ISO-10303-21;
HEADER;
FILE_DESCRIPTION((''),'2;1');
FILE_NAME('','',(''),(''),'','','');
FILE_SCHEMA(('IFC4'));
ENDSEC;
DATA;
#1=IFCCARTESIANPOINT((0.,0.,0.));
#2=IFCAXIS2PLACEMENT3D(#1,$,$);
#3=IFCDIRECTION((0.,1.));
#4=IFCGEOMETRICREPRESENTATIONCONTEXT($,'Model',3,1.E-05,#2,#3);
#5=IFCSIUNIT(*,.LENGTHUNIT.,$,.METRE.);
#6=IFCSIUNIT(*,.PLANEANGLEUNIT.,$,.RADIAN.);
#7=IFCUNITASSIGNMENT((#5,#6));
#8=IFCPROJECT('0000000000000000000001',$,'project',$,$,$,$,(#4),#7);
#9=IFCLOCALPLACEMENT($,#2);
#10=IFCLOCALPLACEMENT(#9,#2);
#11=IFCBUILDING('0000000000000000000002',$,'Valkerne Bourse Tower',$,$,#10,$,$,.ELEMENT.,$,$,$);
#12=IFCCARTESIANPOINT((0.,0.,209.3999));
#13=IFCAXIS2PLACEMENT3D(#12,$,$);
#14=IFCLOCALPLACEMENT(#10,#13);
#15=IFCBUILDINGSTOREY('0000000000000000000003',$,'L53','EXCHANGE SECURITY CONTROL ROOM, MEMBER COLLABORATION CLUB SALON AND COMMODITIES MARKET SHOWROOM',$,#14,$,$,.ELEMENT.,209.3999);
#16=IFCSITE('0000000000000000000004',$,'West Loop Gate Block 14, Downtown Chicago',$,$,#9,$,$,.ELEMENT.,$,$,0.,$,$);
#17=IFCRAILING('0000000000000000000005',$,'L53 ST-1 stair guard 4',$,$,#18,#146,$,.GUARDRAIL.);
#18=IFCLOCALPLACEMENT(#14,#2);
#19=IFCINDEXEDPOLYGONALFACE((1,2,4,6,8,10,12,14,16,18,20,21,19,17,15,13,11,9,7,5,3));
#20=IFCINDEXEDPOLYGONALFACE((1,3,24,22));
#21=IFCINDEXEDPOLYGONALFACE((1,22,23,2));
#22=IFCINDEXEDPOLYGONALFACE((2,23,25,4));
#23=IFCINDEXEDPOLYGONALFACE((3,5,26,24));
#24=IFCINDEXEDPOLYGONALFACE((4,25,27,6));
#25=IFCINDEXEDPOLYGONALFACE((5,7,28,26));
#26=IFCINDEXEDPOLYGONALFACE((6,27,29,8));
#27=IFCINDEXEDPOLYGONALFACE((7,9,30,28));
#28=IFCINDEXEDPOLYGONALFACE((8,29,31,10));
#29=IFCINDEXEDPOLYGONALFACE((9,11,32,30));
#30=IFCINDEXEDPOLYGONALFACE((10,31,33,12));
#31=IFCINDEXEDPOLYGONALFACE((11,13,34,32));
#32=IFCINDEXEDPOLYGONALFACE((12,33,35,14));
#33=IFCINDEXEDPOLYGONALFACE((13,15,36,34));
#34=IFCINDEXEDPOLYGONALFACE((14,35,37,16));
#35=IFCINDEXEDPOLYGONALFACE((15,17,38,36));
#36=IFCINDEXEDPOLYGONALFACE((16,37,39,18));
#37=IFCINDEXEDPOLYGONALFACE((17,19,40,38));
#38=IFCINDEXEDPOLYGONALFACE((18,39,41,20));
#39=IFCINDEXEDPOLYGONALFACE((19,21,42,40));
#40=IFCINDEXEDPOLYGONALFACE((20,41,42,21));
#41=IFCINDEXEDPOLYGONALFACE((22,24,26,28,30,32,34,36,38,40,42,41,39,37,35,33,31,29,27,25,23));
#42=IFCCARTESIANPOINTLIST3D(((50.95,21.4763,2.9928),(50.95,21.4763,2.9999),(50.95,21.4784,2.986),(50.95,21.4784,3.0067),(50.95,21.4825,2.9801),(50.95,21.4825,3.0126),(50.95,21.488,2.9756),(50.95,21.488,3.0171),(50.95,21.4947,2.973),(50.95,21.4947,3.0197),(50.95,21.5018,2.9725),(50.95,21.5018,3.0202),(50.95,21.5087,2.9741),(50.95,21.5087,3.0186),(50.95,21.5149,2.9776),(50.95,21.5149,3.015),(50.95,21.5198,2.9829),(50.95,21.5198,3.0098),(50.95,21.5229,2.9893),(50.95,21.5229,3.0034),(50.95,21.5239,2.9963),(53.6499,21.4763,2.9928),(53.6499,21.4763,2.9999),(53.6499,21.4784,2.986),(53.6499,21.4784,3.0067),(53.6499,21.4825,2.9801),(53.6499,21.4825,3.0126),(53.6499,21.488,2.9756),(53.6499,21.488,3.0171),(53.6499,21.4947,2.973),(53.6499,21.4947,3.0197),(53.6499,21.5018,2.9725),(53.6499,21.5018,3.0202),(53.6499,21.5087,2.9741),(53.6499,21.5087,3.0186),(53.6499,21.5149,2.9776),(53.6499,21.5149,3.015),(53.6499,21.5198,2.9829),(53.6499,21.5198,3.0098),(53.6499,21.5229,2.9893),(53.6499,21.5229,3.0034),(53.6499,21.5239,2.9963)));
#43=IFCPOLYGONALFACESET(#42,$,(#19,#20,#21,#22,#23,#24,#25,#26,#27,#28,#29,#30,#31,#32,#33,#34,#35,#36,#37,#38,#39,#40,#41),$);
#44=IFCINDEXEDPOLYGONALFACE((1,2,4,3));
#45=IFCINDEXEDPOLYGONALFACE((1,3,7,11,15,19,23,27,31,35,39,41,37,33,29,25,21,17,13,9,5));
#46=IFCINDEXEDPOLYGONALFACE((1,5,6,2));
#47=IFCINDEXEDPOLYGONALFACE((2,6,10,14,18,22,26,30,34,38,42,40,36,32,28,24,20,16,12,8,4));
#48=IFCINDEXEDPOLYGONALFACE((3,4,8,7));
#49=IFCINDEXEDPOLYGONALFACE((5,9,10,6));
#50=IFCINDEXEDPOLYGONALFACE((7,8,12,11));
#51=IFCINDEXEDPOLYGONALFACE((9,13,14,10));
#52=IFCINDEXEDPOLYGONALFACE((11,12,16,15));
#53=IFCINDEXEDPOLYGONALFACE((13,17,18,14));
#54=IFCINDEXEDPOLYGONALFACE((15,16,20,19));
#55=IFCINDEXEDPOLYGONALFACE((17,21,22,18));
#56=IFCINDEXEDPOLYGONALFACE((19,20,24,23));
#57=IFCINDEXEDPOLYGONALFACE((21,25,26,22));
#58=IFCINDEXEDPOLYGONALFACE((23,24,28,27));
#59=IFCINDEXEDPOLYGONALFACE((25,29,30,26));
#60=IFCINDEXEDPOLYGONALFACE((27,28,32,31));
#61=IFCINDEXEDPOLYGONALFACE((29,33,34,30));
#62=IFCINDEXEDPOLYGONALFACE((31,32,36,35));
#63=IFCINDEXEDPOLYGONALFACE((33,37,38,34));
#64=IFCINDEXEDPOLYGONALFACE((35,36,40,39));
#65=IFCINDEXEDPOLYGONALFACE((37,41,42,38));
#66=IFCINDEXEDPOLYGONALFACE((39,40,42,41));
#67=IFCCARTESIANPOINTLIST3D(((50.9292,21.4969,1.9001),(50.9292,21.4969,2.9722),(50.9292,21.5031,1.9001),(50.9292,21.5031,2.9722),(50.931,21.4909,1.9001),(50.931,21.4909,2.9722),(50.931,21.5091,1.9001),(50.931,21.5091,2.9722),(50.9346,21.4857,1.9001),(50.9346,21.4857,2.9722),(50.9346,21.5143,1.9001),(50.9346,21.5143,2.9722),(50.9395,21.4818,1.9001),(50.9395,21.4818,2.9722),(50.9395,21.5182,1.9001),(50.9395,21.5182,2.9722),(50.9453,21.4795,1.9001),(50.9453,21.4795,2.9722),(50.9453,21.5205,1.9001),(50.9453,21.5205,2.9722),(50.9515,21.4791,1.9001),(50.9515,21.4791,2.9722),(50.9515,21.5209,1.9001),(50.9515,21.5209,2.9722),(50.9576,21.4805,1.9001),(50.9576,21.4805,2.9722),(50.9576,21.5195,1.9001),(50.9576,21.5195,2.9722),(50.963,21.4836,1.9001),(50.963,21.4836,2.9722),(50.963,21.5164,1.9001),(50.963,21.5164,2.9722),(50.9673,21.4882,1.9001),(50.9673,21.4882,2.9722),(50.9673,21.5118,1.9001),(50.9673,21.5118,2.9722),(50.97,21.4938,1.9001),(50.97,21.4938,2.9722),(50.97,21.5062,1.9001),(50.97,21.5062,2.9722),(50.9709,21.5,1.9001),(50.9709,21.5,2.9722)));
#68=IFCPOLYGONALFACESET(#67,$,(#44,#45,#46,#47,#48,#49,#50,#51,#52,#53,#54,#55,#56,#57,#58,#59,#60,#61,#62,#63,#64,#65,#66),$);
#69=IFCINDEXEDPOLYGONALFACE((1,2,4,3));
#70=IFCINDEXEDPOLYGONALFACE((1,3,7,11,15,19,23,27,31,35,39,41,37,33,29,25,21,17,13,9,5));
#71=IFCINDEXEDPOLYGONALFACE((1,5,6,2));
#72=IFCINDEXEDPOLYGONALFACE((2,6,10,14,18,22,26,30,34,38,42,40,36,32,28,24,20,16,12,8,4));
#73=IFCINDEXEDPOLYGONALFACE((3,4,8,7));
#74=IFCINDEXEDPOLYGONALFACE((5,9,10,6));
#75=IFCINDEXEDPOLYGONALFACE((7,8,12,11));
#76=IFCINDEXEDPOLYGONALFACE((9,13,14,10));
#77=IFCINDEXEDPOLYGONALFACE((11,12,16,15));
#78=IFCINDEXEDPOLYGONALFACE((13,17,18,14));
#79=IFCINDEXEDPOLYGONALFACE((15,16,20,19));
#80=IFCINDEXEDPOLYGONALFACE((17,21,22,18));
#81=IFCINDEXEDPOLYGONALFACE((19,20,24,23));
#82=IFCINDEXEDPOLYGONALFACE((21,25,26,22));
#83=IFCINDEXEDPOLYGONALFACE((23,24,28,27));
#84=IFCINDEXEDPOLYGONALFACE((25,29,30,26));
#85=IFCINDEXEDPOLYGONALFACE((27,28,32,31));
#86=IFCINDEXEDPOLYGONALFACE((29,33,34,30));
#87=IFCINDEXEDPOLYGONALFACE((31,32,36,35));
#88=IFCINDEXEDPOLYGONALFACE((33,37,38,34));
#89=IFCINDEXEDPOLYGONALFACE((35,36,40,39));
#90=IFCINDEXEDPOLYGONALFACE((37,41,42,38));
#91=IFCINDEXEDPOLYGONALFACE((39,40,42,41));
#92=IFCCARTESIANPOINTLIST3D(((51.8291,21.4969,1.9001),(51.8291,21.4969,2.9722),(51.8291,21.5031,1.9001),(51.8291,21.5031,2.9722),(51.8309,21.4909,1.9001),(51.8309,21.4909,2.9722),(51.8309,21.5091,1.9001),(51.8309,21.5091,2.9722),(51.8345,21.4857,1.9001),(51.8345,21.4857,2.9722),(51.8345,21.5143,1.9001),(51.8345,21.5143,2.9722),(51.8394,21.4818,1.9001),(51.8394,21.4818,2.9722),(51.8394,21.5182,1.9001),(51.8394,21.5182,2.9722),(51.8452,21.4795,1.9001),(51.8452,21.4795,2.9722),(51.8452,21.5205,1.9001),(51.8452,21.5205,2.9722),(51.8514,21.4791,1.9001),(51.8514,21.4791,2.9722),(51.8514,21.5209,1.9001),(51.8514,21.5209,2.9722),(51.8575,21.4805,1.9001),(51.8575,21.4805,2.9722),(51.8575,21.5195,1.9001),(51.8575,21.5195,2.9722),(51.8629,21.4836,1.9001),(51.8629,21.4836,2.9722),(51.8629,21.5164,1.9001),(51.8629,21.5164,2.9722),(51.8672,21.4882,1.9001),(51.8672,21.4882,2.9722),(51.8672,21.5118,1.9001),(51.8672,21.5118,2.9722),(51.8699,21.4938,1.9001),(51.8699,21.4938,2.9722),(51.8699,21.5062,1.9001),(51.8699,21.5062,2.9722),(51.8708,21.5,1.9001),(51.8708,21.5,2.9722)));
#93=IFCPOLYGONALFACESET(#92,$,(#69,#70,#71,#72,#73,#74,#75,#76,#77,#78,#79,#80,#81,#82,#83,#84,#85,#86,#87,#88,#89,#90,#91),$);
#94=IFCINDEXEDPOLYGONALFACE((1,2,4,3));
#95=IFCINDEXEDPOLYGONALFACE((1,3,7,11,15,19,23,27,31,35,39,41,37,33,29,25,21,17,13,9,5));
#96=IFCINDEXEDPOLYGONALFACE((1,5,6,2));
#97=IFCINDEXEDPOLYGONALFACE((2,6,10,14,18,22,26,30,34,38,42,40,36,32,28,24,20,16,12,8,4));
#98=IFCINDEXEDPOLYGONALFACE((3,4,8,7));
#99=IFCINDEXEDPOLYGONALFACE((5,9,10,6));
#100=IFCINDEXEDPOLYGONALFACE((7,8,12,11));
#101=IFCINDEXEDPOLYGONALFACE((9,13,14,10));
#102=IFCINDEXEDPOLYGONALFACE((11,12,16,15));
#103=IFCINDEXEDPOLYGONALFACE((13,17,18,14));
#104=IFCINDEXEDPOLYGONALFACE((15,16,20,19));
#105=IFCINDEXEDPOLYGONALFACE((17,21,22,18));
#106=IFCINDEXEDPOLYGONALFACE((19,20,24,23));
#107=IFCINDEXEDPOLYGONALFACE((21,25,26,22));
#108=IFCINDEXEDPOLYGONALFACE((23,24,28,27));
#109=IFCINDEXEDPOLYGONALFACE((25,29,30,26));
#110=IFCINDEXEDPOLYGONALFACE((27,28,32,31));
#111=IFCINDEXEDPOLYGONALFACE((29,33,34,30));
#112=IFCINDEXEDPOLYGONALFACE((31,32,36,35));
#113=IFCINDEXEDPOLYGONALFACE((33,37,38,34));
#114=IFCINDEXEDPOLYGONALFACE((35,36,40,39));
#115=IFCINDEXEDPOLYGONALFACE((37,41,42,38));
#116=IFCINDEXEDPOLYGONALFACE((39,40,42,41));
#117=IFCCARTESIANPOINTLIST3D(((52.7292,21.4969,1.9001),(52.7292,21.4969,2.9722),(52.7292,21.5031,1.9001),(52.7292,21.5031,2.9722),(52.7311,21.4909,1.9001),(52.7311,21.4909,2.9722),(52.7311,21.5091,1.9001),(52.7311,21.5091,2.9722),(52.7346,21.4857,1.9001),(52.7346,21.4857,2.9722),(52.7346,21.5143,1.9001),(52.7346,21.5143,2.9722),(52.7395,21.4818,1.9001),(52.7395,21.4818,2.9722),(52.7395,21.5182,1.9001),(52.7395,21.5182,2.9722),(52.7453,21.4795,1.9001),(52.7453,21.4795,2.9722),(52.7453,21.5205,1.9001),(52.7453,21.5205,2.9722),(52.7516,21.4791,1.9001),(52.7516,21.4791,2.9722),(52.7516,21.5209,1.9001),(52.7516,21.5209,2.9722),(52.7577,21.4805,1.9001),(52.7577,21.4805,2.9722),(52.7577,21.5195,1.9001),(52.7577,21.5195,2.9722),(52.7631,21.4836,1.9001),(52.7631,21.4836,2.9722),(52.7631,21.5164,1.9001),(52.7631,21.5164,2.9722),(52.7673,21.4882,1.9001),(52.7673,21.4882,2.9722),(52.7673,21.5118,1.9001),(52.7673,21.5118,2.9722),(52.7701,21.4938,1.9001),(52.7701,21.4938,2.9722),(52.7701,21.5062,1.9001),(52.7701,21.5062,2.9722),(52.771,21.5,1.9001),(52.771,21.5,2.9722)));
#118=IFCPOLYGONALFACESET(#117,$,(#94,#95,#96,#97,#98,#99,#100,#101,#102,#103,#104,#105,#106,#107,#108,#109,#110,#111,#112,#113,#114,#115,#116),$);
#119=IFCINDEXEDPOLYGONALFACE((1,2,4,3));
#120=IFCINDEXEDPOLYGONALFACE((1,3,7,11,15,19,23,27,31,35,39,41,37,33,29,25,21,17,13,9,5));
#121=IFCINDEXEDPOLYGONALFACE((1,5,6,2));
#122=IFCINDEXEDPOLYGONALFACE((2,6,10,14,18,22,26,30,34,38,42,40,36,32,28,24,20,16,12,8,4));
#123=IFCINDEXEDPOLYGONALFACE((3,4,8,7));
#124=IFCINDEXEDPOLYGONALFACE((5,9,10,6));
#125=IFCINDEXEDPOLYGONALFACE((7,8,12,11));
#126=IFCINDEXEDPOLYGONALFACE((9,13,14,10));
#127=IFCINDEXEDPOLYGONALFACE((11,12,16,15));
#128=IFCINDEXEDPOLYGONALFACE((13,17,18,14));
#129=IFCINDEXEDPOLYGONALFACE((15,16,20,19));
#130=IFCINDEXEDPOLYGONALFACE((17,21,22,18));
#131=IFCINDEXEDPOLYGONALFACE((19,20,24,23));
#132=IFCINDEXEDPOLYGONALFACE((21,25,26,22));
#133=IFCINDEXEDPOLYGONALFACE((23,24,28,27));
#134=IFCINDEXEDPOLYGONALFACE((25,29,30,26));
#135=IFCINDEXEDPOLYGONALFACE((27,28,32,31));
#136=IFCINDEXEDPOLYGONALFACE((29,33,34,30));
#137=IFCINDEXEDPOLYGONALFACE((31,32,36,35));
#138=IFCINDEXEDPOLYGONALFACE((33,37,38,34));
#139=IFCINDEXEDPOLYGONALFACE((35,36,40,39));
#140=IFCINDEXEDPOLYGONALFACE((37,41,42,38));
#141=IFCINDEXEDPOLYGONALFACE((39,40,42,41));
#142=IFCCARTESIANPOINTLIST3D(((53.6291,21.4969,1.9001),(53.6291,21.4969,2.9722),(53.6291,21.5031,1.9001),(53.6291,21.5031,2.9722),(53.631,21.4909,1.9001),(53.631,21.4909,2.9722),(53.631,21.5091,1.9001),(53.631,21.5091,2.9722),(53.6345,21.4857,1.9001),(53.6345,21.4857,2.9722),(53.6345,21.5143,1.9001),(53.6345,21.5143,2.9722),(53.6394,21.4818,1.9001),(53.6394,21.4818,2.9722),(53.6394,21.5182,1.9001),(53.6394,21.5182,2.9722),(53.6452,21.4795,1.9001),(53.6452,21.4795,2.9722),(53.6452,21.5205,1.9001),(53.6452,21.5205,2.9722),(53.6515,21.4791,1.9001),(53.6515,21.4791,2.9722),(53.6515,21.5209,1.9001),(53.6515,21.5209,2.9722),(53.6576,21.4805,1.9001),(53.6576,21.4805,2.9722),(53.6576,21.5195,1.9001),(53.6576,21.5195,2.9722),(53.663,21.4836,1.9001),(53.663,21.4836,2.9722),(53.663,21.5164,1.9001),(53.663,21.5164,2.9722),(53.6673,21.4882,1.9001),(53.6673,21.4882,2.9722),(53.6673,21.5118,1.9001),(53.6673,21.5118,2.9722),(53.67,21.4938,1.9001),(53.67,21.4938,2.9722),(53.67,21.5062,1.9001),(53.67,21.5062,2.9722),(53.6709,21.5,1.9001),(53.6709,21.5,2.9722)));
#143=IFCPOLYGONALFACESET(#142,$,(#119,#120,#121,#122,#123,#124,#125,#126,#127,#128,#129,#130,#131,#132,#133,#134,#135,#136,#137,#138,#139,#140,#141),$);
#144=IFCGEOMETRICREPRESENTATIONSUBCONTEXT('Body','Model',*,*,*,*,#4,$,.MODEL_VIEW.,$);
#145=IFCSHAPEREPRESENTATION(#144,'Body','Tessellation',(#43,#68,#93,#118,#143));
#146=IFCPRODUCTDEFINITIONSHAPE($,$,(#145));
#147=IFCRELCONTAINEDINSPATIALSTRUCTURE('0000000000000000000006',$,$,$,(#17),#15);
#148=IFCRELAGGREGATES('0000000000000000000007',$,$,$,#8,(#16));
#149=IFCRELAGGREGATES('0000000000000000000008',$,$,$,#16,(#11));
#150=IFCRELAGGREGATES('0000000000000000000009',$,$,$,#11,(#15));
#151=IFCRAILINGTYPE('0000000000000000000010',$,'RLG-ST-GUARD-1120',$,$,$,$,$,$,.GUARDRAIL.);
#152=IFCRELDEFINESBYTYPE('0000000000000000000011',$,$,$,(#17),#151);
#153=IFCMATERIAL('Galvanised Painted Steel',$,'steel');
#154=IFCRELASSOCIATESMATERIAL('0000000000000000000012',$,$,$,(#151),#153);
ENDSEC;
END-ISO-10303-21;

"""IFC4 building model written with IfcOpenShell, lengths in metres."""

from ifc_helpers import new_model, si_unit, direction, frame, origin, origin_2d, place, context, subcontext, project, spatial, circle, extrude, material, type_object, element, save


model = new_model("IFC4")

# Units and contexts
model_context = context("Model", 3, precision=1e-05, world=origin(), true_north=direction((0.0, 1.0)))
body_context = subcontext(model_context, "Body", "Model", "MODEL_VIEW")
ifc_project = project(units=[si_unit("LENGTHUNIT", "METRE"), si_unit("PLANEANGLEUNIT", "RADIAN")], contexts=[model_context])

# Site, building, storey
site_placement = place(None, origin())
site = spatial("IfcSite", under=ifc_project, at=site_placement, Name="West Loop Gate Block 14, Downtown Chicago", CompositionType="ELEMENT", RefElevation=0.0)
building_placement = place(site_placement, origin())
building = spatial("IfcBuilding", under=site, at=building_placement, Name="Valkerne Bourse Tower", CompositionType="ELEMENT")
storey_placement = place(building_placement, frame((0.0, 0.0, 209.3999)))
storey = spatial("IfcBuildingStorey", under=building, at=storey_placement, Name="L53", Description="EXCHANGE SECURITY CONTROL ROOM, MEMBER COLLABORATION CLUB SALON AND COMMODITIES MARKET SHOWROOM", CompositionType="ELEMENT", Elevation=209.3999)

# Shared definitions
ifc_material_1 = material(Name="Galvanised Painted Steel", Category="steel")

# Railing
railing_type_1 = type_object("IfcRailingType", Name="RLG-ST-GUARD-1120", PredefinedType="GUARDRAIL", material=ifc_material_1)
for number, where, name in (
    (1, (50.95, 21.5, 1.9001), "L53 ST-1 stair guard 4"),
):
    element("IfcRailing", number, at=place(storey_placement, frame(where)), inside=storey, type_object=railing_type_1, Name=name, PredefinedType="GUARDRAIL", context=body_context, shape_type="SweptSolid", body=[
        extrude(circle(Radius=0.0239, at=origin_2d()), frame((0.0, 0.0, 1.0962), z_axis=(1.0, 0.0, 0.0), x_axis=(0.0, 1.0, 0.0)), (0.0, 0.0, 1.0), 2.7),
        extrude(circle(Radius=0.021, at=origin_2d()), origin(), (0.0, 0.0, 1.0), 1.072),
        extrude(circle(Radius=0.021, at=origin_2d()), frame((0.8999, 0.0, 0.0)), (0.0, 0.0, 1.0), 1.072),
        extrude(circle(Radius=0.021, at=origin_2d()), frame((1.8, 0.0, 0.0)), (0.0, 0.0, 1.0), 1.072),
        extrude(circle(Radius=0.021, at=origin_2d()), frame((2.7, 0.0, 0.0)), (0.0, 0.0, 1.0), 1.072),
    ])

save(model, "model.ifc")
